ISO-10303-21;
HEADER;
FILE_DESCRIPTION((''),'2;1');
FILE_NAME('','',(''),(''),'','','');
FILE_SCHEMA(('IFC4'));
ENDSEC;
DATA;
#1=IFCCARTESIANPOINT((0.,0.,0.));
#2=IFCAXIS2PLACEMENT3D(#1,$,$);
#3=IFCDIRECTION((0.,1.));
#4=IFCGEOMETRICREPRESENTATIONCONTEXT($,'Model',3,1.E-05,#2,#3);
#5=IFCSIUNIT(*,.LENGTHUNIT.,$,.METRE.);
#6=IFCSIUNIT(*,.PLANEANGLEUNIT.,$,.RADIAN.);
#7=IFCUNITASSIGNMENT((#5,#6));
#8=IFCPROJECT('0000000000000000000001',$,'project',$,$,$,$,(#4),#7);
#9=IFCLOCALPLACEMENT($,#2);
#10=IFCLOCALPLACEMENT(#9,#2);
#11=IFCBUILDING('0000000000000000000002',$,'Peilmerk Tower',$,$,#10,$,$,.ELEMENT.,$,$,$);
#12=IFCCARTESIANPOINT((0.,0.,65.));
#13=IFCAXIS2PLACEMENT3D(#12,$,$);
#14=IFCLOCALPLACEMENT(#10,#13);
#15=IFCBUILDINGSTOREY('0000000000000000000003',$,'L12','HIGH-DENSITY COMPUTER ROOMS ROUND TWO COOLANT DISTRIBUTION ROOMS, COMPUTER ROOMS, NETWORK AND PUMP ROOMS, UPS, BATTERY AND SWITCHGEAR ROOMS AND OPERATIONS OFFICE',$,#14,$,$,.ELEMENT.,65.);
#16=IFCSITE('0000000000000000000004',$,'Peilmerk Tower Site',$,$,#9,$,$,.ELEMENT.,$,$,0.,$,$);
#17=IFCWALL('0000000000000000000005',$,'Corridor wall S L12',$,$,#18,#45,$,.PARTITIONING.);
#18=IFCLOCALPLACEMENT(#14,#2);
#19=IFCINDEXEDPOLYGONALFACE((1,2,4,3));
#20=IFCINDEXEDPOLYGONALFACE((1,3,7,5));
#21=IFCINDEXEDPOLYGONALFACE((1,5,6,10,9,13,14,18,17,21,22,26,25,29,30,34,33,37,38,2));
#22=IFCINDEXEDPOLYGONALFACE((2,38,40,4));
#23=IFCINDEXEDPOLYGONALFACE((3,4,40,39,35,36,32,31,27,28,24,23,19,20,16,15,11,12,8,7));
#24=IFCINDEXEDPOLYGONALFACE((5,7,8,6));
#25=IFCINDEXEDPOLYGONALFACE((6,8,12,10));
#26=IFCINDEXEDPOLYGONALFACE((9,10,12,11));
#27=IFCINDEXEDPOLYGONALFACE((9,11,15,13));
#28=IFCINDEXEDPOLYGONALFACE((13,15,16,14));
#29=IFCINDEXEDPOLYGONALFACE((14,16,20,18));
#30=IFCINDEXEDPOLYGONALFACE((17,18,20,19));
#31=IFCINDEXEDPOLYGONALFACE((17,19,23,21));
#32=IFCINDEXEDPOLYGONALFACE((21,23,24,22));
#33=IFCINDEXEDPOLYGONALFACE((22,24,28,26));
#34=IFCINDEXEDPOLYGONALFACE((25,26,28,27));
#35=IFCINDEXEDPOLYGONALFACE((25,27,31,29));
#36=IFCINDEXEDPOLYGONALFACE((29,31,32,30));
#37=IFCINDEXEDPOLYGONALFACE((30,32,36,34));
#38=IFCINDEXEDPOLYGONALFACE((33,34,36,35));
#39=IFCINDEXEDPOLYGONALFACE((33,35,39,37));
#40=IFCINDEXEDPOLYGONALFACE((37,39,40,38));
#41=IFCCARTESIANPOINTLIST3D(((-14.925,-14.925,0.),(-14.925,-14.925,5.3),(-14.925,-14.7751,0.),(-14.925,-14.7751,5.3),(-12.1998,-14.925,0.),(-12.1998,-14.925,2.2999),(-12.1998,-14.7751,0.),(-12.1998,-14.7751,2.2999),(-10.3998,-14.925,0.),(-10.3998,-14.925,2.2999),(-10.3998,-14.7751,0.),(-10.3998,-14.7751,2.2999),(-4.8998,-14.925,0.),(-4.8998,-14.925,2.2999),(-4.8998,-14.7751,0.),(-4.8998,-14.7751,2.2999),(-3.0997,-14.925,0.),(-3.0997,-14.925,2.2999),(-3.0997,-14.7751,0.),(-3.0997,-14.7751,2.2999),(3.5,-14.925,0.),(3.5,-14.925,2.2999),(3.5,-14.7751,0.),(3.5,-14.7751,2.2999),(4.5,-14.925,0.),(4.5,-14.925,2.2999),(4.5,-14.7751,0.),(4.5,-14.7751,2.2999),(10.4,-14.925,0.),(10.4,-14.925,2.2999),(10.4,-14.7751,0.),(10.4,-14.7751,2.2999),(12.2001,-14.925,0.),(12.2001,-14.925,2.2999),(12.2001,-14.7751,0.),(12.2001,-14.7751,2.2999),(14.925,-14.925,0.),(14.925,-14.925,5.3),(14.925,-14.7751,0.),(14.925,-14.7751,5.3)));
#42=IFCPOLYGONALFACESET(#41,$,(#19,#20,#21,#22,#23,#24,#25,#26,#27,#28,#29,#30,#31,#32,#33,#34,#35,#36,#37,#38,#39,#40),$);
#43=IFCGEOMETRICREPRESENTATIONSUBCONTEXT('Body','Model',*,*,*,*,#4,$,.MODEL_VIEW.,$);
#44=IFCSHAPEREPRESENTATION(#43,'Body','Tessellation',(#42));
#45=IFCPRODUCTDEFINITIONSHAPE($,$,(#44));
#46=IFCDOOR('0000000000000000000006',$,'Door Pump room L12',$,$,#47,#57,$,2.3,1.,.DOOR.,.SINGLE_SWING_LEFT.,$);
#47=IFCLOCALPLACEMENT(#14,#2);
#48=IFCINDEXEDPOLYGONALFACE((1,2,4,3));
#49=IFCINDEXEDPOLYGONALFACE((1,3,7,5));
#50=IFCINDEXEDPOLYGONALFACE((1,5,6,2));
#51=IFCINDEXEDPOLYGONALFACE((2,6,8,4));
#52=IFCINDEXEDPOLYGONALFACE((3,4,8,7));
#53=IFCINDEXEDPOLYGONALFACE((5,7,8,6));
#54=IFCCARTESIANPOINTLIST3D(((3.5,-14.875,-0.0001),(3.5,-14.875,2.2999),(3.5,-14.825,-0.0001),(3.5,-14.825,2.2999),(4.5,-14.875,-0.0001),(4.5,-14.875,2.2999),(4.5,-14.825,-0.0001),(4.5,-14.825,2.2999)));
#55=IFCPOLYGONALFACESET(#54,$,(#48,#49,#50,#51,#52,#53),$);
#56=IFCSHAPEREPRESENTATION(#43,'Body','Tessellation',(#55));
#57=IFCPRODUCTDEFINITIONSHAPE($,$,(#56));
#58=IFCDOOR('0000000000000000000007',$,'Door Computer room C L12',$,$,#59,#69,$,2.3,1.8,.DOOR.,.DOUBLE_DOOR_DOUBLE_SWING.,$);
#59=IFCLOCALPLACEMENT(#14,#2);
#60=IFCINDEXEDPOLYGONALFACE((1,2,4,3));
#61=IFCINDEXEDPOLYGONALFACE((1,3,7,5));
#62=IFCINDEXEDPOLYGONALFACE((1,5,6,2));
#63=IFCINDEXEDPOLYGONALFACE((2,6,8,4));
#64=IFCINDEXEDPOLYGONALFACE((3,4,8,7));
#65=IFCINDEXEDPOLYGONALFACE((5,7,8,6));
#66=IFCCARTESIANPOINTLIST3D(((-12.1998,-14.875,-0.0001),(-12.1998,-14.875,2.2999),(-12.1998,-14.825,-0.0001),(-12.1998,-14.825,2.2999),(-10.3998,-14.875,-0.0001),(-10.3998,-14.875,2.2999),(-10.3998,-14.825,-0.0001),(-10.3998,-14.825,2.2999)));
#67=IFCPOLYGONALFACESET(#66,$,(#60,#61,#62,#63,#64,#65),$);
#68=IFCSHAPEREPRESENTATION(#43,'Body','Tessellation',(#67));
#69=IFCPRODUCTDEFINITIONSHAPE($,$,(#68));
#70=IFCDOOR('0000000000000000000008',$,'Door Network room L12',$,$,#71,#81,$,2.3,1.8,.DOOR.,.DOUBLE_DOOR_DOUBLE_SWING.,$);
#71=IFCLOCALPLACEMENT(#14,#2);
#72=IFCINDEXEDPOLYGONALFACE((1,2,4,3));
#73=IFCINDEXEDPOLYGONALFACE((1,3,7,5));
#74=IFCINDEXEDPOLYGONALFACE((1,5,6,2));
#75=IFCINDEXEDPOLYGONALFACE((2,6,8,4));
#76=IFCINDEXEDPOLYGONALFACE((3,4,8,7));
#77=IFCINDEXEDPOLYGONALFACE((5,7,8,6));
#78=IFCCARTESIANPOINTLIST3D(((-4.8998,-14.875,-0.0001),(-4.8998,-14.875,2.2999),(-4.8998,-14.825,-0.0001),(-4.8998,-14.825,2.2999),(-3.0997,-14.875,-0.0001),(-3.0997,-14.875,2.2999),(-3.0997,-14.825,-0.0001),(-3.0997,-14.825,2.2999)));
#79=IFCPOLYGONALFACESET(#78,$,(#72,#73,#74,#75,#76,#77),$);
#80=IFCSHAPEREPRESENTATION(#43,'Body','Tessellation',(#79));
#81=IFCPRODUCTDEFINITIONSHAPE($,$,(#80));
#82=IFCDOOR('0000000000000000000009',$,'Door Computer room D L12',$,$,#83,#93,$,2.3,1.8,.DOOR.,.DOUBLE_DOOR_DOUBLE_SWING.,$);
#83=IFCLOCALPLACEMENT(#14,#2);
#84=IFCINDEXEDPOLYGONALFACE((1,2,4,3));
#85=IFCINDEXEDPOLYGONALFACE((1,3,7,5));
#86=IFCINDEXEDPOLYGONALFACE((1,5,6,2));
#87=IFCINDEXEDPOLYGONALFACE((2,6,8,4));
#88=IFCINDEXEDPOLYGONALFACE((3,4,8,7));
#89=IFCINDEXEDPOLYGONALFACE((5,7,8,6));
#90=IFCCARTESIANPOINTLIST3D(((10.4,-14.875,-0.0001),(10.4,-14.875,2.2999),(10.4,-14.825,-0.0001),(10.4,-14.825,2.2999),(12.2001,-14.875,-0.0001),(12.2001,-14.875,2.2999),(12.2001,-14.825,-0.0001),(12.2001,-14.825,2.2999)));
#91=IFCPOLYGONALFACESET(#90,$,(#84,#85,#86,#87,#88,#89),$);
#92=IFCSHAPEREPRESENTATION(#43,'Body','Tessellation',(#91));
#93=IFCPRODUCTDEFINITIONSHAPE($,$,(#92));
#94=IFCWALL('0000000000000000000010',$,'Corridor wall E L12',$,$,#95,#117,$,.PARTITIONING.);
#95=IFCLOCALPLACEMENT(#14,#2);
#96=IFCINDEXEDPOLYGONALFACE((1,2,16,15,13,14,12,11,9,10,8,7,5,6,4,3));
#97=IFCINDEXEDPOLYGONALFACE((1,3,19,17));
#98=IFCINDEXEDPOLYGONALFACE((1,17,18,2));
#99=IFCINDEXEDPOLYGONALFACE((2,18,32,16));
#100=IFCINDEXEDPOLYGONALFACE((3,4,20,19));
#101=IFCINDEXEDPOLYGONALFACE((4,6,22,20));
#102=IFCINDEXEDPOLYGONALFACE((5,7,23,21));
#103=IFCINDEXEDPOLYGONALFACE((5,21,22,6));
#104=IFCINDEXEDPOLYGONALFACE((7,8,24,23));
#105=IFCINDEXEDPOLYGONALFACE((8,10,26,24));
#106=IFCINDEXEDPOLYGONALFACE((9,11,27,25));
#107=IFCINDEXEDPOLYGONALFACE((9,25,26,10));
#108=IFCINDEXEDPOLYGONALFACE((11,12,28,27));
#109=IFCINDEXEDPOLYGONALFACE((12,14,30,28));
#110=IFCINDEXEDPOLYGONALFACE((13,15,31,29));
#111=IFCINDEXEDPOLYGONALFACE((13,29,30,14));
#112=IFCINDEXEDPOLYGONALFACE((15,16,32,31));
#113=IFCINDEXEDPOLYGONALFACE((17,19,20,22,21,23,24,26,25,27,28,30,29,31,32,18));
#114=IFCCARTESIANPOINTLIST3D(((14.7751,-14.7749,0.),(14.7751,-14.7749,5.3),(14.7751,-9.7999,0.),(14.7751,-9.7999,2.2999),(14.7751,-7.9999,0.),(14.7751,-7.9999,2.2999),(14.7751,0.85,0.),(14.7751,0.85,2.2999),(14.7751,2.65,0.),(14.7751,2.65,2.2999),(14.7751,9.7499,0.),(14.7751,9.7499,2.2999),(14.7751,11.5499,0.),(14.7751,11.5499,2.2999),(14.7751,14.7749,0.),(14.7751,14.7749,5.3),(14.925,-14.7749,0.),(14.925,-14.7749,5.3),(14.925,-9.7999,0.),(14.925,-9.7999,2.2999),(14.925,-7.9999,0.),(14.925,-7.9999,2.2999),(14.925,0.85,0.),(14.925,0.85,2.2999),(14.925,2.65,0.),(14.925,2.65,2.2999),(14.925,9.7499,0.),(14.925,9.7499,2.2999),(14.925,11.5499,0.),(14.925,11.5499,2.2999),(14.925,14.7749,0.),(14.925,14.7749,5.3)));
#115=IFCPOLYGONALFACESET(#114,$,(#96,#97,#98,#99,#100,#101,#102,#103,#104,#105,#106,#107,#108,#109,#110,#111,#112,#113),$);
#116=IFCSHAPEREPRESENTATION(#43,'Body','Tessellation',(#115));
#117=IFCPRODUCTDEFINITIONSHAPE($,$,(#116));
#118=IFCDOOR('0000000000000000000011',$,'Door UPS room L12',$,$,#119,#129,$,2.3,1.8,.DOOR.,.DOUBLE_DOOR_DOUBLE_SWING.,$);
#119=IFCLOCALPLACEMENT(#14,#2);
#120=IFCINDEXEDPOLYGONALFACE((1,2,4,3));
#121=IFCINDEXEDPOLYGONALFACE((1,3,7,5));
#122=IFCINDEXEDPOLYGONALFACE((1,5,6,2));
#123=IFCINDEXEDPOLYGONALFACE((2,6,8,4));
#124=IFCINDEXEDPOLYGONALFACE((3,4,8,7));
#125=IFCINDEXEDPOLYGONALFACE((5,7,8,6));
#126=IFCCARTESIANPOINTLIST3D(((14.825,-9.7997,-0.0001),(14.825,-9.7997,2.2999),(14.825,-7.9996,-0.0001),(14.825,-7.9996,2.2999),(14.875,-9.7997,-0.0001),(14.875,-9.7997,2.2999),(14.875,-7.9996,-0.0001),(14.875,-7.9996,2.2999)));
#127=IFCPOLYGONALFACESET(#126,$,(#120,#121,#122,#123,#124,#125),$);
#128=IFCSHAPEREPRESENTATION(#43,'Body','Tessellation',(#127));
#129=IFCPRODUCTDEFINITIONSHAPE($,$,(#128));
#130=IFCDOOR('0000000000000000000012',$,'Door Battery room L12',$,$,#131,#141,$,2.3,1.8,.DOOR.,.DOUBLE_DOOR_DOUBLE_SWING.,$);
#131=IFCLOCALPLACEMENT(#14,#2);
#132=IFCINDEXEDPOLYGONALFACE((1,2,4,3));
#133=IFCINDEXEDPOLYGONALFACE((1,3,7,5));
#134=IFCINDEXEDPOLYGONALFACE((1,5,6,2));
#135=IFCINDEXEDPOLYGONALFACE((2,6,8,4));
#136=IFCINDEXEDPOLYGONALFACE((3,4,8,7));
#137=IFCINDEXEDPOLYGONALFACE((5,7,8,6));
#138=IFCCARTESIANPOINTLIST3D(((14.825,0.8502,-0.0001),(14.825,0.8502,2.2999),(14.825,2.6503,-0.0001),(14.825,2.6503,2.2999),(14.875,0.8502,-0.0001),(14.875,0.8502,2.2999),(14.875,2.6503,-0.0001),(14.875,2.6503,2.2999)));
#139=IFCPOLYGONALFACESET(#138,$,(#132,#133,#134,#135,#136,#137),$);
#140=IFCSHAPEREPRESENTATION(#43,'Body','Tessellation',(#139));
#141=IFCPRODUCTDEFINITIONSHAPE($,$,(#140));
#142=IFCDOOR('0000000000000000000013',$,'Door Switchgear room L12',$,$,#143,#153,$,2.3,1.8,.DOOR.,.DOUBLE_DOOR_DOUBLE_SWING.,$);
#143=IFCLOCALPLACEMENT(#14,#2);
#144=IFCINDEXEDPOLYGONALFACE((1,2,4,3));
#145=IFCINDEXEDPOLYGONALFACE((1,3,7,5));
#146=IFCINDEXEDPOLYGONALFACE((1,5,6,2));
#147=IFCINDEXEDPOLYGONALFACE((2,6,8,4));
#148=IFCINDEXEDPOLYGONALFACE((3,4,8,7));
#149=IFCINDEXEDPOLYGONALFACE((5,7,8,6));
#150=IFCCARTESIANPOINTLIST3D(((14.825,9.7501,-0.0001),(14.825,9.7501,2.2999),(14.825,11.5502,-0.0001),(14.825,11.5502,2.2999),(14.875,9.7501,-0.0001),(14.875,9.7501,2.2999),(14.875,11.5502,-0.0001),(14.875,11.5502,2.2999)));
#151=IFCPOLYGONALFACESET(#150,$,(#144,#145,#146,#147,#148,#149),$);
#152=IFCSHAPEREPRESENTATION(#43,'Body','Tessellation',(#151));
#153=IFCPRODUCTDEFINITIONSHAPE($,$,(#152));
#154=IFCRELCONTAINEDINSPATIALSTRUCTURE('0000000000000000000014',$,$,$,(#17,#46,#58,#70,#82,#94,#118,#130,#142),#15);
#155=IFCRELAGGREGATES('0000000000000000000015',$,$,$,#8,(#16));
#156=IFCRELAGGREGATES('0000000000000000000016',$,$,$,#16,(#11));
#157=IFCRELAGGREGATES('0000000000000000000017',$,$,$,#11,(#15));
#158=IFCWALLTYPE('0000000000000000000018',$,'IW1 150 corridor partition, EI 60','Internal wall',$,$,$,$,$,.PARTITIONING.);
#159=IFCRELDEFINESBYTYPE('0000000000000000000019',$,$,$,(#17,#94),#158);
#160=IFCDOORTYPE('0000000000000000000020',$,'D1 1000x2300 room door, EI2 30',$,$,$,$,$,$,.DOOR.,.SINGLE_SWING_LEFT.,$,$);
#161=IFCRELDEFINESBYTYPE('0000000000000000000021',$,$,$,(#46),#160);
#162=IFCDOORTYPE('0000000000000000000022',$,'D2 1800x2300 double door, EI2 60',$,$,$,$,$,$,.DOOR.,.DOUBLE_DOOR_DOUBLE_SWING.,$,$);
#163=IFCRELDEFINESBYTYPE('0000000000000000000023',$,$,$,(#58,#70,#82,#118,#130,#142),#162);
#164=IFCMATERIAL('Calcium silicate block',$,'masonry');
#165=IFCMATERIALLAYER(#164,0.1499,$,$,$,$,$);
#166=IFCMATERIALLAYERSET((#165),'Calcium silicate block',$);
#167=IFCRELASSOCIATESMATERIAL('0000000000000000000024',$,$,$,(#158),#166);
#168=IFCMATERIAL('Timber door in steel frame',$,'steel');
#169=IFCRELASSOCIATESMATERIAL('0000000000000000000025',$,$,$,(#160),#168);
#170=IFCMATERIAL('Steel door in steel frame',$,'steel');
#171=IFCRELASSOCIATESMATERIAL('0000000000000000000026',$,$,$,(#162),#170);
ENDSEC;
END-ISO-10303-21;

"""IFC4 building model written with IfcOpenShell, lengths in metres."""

from ifc_helpers import new_model, si_unit, direction, frame, frame_2d, origin, place, context, subcontext, project, spatial, rectangle, extrude, material, layer, layer_set, type_object, element, fill, save


model = new_model("IFC4")

# Units and contexts
model_context = context("Model", 3, precision=1e-05, world=origin(), true_north=direction((0.0, 1.0)))
body_context = subcontext(model_context, "Body", "Model", "MODEL_VIEW")
ifc_project = project(units=[si_unit("LENGTHUNIT", "METRE"), si_unit("PLANEANGLEUNIT", "RADIAN")], contexts=[model_context])

# Site, building, storey
site_placement = place(None, origin())
site = spatial("IfcSite", under=ifc_project, at=site_placement, Name="Peilmerk Tower Site", CompositionType="ELEMENT", RefElevation=0.0)
building_placement = place(site_placement, origin())
building = spatial("IfcBuilding", under=site, at=building_placement, Name="Peilmerk Tower", CompositionType="ELEMENT")
storey_placement = place(building_placement, frame((0.0, 0.0, 65.0)))
storey = spatial("IfcBuildingStorey", under=building, at=storey_placement, Name="L12", Description="HIGH-DENSITY COMPUTER ROOMS ROUND TWO COOLANT DISTRIBUTION ROOMS, COMPUTER ROOMS, NETWORK AND PUMP ROOMS, UPS, BATTERY AND SWITCHGEAR ROOMS AND OPERATIONS OFFICE", CompositionType="ELEMENT", Elevation=65.0)

# Walls, openings, doors
ifc_material_1 = material(Name="Calcium silicate block", Category="masonry")
ifc_layer_1 = layer(ifc_material_1, 0.1499)
ifc_layer_set_1 = layer_set([ifc_layer_1], Name="Calcium silicate block")
wall_type_1 = type_object("IfcWallType", Name="IW1 150 corridor partition, EI 60", Description="Internal wall", PredefinedType="PARTITIONING", material=ifc_layer_set_1)
wall_1_placement = place(storey_placement, frame((14.925, -14.8501, 0.0), z_axis=(0.0, 0.0, 1.0), x_axis=(-1.0, 0.0, 0.0)))
wall_1 = element("IfcWall", 1, at=wall_1_placement, inside=storey, type_object=wall_type_1, Name="Corridor wall S L12", PredefinedType="PARTITIONING", context=body_context, shape_type="SweptSolid", body=[
    extrude(rectangle(XDim=29.8501, YDim=0.1499, at=frame_2d((14.925, 0.0))), origin(), (0.0, 0.0, 1.0), 5.3),
])
opening_1_placement = place(wall_1_placement, frame((25.325, 0.0, 0.0)))
opening_1 = element("IfcOpeningElement", 2, at=opening_1_placement, cuts=wall_1, PredefinedType="OPENING", context=body_context, shape_type="SweptSolid", body=[
    extrude(rectangle(XDim=1.8, YDim=2.3, at=frame_2d((0.8999, 1.1499))), frame((0.0, 0.085, 0.0), z_axis=(0.0, -1.0, 0.0), x_axis=(1.0, 0.0, 0.0)), (0.0, 0.0, 1.0), 0.1699),
])
opening_2_placement = place(wall_1_placement, frame((18.0249, 0.0, 0.0)))
opening_2 = element("IfcOpeningElement", 3, at=opening_2_placement, cuts=wall_1, PredefinedType="OPENING", context=body_context, shape_type="SweptSolid", body=[
    extrude(rectangle(XDim=1.8, YDim=2.3, at=frame_2d((0.8999, 1.1499))), frame((0.0, 0.085, 0.0), z_axis=(0.0, -1.0, 0.0), x_axis=(1.0, 0.0, 0.0)), (0.0, 0.0, 1.0), 0.1699),
])
opening_3_placement = place(wall_1_placement, frame((10.425, 0.0, 0.0)))
opening_3 = element("IfcOpeningElement", 4, at=opening_3_placement, cuts=wall_1, PredefinedType="OPENING", context=body_context, shape_type="SweptSolid", body=[
    extrude(rectangle(XDim=1.0, YDim=2.3, at=frame_2d((0.5, 1.1499))), frame((0.0, 0.085, 0.0), z_axis=(0.0, -1.0, 0.0), x_axis=(1.0, 0.0, 0.0)), (0.0, 0.0, 1.0), 0.1699),
])
opening_4_placement = place(wall_1_placement, frame((2.7251, 0.0, 0.0)))
opening_4 = element("IfcOpeningElement", 5, at=opening_4_placement, cuts=wall_1, PredefinedType="OPENING", context=body_context, shape_type="SweptSolid", body=[
    extrude(rectangle(XDim=1.8, YDim=2.3, at=frame_2d((0.8999, 1.1499))), frame((0.0, 0.085, 0.0), z_axis=(0.0, -1.0, 0.0), x_axis=(1.0, 0.0, 0.0)), (0.0, 0.0, 1.0), 0.1699),
])
ifc_material_2 = material(Name="Timber door in steel frame", Category="steel")
door_type_1 = type_object("IfcDoorType", Name="D1 1000x2300 room door, EI2 30", OperationType="SINGLE_SWING_LEFT", PredefinedType="DOOR", material=ifc_material_2)
door_1_placement = place(opening_3_placement, origin())
door_1 = element("IfcDoor", 6, at=door_1_placement, inside=storey, type_object=door_type_1, Name="Door Pump room L12", OperationType="SINGLE_SWING_LEFT", OverallHeight=2.3, OverallWidth=1.0, PredefinedType="DOOR", context=body_context, shape_type="SweptSolid", body=[
    extrude(rectangle(XDim=1.0, YDim=2.3, at=frame_2d((0.5, 1.1499))), frame((0.0, 0.0249, 0.0), z_axis=(0.0, -1.0, 0.0), x_axis=(1.0, 0.0, 0.0)), (0.0, 0.0, 1.0), 0.05),
])
fill(opening_3, door_1)
ifc_material_3 = material(Name="Steel door in steel frame", Category="steel")
door_type_2 = type_object("IfcDoorType", Name="D2 1800x2300 double door, EI2 60", OperationType="DOUBLE_DOOR_DOUBLE_SWING", PredefinedType="DOOR", material=ifc_material_3)
door_2_placement = place(opening_1_placement, origin())
door_2 = element("IfcDoor", 7, at=door_2_placement, inside=storey, type_object=door_type_2, Name="Door Computer room C L12", OperationType="DOUBLE_DOOR_DOUBLE_SWING", OverallHeight=2.3, OverallWidth=1.8, PredefinedType="DOOR", context=body_context, shape_type="SweptSolid", body=[
    extrude(rectangle(XDim=1.8, YDim=2.3, at=frame_2d((0.8999, 1.1499))), frame((0.0, 0.0249, 0.0), z_axis=(0.0, -1.0, 0.0), x_axis=(1.0, 0.0, 0.0)), (0.0, 0.0, 1.0), 0.05),
])
fill(opening_1, door_2)
door_3_placement = place(opening_2_placement, origin())
door_3 = element("IfcDoor", 8, at=door_3_placement, inside=storey, type_object=door_type_2, Name="Door Network room L12", OperationType="DOUBLE_DOOR_DOUBLE_SWING", OverallHeight=2.3, OverallWidth=1.8, PredefinedType="DOOR", context=body_context, shape_type="SweptSolid", body=[
    extrude(rectangle(XDim=1.8, YDim=2.3, at=frame_2d((0.8999, 1.1499))), frame((0.0, 0.0249, 0.0), z_axis=(0.0, -1.0, 0.0), x_axis=(1.0, 0.0, 0.0)), (0.0, 0.0, 1.0), 0.05),
])
fill(opening_2, door_3)
door_4_placement = place(opening_4_placement, origin())
door_4 = element("IfcDoor", 9, at=door_4_placement, inside=storey, type_object=door_type_2, Name="Door Computer room D L12", OperationType="DOUBLE_DOOR_DOUBLE_SWING", OverallHeight=2.3, OverallWidth=1.8, PredefinedType="DOOR", context=body_context, shape_type="SweptSolid", body=[
    extrude(rectangle(XDim=1.8, YDim=2.3, at=frame_2d((0.8999, 1.1499))), frame((0.0, 0.0249, 0.0), z_axis=(0.0, -1.0, 0.0), x_axis=(1.0, 0.0, 0.0)), (0.0, 0.0, 1.0), 0.05),
])
fill(opening_4, door_4)
wall_2_placement = place(storey_placement, frame((14.8501, -14.7749, 0.0), z_axis=(0.0, 0.0, 1.0), x_axis=(0.0, 1.0, 0.0)))
wall_2 = element("IfcWall", 10, at=wall_2_placement, inside=storey, type_object=wall_type_1, Name="Corridor wall E L12", PredefinedType="PARTITIONING", context=body_context, shape_type="SweptSolid", body=[
    extrude(rectangle(XDim=29.5498, YDim=0.1499, at=frame_2d((14.7749, 0.0))), origin(), (0.0, 0.0, 1.0), 5.3),
])
opening_5_placement = place(wall_2_placement, frame((4.9751, 0.0, 0.0)))
opening_5 = element("IfcOpeningElement", 11, at=opening_5_placement, cuts=wall_2, PredefinedType="OPENING", context=body_context, shape_type="SweptSolid", body=[
    extrude(rectangle(XDim=1.8, YDim=2.3, at=frame_2d((0.8999, 1.1499))), frame((0.0, 0.085, 0.0), z_axis=(0.0, -1.0, 0.0), x_axis=(1.0, 0.0, 0.0)), (0.0, 0.0, 1.0), 0.1699),
])
opening_6_placement = place(wall_2_placement, frame((15.625, 0.0, 0.0)))
opening_6 = element("IfcOpeningElement", 12, at=opening_6_placement, cuts=wall_2, PredefinedType="OPENING", context=body_context, shape_type="SweptSolid", body=[
    extrude(rectangle(XDim=1.8, YDim=2.3, at=frame_2d((0.8999, 1.1499))), frame((0.0, 0.085, 0.0), z_axis=(0.0, -1.0, 0.0), x_axis=(1.0, 0.0, 0.0)), (0.0, 0.0, 1.0), 0.1699),
])
opening_7_placement = place(wall_2_placement, frame((24.5249, 0.0, 0.0)))
opening_7 = element("IfcOpeningElement", 13, at=opening_7_placement, cuts=wall_2, PredefinedType="OPENING", context=body_context, shape_type="SweptSolid", body=[
    extrude(rectangle(XDim=1.8, YDim=2.3, at=frame_2d((0.8999, 1.1499))), frame((0.0, 0.085, 0.0), z_axis=(0.0, -1.0, 0.0), x_axis=(1.0, 0.0, 0.0)), (0.0, 0.0, 1.0), 0.1699),
])
door_5_placement = place(opening_5_placement, frame((1.8, 0.0, 0.0), z_axis=(0.0, 0.0, 1.0), x_axis=(-1.0, 0.0, 0.0)))
door_5 = element("IfcDoor", 14, at=door_5_placement, inside=storey, type_object=door_type_2, Name="Door UPS room L12", OperationType="DOUBLE_DOOR_DOUBLE_SWING", OverallHeight=2.3, OverallWidth=1.8, PredefinedType="DOOR", context=body_context, shape_type="SweptSolid", body=[
    extrude(rectangle(XDim=1.8, YDim=2.3, at=frame_2d((0.8999, 1.1499))), frame((0.0, 0.0249, 0.0), z_axis=(0.0, -1.0, 0.0), x_axis=(1.0, 0.0, 0.0)), (0.0, 0.0, 1.0), 0.05),
])
fill(opening_5, door_5)
door_6_placement = place(opening_6_placement, frame((1.8, 0.0, 0.0), z_axis=(0.0, 0.0, 1.0), x_axis=(-1.0, 0.0, 0.0)))
door_6 = element("IfcDoor", 15, at=door_6_placement, inside=storey, type_object=door_type_2, Name="Door Battery room L12", OperationType="DOUBLE_DOOR_DOUBLE_SWING", OverallHeight=2.3, OverallWidth=1.8, PredefinedType="DOOR", context=body_context, shape_type="SweptSolid", body=[
    extrude(rectangle(XDim=1.8, YDim=2.3, at=frame_2d((0.8999, 1.1499))), frame((0.0, 0.0249, 0.0), z_axis=(0.0, -1.0, 0.0), x_axis=(1.0, 0.0, 0.0)), (0.0, 0.0, 1.0), 0.05),
])
fill(opening_6, door_6)
door_7_placement = place(opening_7_placement, frame((1.8, 0.0, 0.0), z_axis=(0.0, 0.0, 1.0), x_axis=(-1.0, 0.0, 0.0)))
door_7 = element("IfcDoor", 16, at=door_7_placement, inside=storey, type_object=door_type_2, Name="Door Switchgear room L12", OperationType="DOUBLE_DOOR_DOUBLE_SWING", OverallHeight=2.3, OverallWidth=1.8, PredefinedType="DOOR", context=body_context, shape_type="SweptSolid", body=[
    extrude(rectangle(XDim=1.8, YDim=2.3, at=frame_2d((0.8999, 1.1499))), frame((0.0, 0.0249, 0.0), z_axis=(0.0, -1.0, 0.0), x_axis=(1.0, 0.0, 0.0)), (0.0, 0.0, 1.0), 0.05),
])
fill(opening_7, door_7)

save(model, "model.ifc")
